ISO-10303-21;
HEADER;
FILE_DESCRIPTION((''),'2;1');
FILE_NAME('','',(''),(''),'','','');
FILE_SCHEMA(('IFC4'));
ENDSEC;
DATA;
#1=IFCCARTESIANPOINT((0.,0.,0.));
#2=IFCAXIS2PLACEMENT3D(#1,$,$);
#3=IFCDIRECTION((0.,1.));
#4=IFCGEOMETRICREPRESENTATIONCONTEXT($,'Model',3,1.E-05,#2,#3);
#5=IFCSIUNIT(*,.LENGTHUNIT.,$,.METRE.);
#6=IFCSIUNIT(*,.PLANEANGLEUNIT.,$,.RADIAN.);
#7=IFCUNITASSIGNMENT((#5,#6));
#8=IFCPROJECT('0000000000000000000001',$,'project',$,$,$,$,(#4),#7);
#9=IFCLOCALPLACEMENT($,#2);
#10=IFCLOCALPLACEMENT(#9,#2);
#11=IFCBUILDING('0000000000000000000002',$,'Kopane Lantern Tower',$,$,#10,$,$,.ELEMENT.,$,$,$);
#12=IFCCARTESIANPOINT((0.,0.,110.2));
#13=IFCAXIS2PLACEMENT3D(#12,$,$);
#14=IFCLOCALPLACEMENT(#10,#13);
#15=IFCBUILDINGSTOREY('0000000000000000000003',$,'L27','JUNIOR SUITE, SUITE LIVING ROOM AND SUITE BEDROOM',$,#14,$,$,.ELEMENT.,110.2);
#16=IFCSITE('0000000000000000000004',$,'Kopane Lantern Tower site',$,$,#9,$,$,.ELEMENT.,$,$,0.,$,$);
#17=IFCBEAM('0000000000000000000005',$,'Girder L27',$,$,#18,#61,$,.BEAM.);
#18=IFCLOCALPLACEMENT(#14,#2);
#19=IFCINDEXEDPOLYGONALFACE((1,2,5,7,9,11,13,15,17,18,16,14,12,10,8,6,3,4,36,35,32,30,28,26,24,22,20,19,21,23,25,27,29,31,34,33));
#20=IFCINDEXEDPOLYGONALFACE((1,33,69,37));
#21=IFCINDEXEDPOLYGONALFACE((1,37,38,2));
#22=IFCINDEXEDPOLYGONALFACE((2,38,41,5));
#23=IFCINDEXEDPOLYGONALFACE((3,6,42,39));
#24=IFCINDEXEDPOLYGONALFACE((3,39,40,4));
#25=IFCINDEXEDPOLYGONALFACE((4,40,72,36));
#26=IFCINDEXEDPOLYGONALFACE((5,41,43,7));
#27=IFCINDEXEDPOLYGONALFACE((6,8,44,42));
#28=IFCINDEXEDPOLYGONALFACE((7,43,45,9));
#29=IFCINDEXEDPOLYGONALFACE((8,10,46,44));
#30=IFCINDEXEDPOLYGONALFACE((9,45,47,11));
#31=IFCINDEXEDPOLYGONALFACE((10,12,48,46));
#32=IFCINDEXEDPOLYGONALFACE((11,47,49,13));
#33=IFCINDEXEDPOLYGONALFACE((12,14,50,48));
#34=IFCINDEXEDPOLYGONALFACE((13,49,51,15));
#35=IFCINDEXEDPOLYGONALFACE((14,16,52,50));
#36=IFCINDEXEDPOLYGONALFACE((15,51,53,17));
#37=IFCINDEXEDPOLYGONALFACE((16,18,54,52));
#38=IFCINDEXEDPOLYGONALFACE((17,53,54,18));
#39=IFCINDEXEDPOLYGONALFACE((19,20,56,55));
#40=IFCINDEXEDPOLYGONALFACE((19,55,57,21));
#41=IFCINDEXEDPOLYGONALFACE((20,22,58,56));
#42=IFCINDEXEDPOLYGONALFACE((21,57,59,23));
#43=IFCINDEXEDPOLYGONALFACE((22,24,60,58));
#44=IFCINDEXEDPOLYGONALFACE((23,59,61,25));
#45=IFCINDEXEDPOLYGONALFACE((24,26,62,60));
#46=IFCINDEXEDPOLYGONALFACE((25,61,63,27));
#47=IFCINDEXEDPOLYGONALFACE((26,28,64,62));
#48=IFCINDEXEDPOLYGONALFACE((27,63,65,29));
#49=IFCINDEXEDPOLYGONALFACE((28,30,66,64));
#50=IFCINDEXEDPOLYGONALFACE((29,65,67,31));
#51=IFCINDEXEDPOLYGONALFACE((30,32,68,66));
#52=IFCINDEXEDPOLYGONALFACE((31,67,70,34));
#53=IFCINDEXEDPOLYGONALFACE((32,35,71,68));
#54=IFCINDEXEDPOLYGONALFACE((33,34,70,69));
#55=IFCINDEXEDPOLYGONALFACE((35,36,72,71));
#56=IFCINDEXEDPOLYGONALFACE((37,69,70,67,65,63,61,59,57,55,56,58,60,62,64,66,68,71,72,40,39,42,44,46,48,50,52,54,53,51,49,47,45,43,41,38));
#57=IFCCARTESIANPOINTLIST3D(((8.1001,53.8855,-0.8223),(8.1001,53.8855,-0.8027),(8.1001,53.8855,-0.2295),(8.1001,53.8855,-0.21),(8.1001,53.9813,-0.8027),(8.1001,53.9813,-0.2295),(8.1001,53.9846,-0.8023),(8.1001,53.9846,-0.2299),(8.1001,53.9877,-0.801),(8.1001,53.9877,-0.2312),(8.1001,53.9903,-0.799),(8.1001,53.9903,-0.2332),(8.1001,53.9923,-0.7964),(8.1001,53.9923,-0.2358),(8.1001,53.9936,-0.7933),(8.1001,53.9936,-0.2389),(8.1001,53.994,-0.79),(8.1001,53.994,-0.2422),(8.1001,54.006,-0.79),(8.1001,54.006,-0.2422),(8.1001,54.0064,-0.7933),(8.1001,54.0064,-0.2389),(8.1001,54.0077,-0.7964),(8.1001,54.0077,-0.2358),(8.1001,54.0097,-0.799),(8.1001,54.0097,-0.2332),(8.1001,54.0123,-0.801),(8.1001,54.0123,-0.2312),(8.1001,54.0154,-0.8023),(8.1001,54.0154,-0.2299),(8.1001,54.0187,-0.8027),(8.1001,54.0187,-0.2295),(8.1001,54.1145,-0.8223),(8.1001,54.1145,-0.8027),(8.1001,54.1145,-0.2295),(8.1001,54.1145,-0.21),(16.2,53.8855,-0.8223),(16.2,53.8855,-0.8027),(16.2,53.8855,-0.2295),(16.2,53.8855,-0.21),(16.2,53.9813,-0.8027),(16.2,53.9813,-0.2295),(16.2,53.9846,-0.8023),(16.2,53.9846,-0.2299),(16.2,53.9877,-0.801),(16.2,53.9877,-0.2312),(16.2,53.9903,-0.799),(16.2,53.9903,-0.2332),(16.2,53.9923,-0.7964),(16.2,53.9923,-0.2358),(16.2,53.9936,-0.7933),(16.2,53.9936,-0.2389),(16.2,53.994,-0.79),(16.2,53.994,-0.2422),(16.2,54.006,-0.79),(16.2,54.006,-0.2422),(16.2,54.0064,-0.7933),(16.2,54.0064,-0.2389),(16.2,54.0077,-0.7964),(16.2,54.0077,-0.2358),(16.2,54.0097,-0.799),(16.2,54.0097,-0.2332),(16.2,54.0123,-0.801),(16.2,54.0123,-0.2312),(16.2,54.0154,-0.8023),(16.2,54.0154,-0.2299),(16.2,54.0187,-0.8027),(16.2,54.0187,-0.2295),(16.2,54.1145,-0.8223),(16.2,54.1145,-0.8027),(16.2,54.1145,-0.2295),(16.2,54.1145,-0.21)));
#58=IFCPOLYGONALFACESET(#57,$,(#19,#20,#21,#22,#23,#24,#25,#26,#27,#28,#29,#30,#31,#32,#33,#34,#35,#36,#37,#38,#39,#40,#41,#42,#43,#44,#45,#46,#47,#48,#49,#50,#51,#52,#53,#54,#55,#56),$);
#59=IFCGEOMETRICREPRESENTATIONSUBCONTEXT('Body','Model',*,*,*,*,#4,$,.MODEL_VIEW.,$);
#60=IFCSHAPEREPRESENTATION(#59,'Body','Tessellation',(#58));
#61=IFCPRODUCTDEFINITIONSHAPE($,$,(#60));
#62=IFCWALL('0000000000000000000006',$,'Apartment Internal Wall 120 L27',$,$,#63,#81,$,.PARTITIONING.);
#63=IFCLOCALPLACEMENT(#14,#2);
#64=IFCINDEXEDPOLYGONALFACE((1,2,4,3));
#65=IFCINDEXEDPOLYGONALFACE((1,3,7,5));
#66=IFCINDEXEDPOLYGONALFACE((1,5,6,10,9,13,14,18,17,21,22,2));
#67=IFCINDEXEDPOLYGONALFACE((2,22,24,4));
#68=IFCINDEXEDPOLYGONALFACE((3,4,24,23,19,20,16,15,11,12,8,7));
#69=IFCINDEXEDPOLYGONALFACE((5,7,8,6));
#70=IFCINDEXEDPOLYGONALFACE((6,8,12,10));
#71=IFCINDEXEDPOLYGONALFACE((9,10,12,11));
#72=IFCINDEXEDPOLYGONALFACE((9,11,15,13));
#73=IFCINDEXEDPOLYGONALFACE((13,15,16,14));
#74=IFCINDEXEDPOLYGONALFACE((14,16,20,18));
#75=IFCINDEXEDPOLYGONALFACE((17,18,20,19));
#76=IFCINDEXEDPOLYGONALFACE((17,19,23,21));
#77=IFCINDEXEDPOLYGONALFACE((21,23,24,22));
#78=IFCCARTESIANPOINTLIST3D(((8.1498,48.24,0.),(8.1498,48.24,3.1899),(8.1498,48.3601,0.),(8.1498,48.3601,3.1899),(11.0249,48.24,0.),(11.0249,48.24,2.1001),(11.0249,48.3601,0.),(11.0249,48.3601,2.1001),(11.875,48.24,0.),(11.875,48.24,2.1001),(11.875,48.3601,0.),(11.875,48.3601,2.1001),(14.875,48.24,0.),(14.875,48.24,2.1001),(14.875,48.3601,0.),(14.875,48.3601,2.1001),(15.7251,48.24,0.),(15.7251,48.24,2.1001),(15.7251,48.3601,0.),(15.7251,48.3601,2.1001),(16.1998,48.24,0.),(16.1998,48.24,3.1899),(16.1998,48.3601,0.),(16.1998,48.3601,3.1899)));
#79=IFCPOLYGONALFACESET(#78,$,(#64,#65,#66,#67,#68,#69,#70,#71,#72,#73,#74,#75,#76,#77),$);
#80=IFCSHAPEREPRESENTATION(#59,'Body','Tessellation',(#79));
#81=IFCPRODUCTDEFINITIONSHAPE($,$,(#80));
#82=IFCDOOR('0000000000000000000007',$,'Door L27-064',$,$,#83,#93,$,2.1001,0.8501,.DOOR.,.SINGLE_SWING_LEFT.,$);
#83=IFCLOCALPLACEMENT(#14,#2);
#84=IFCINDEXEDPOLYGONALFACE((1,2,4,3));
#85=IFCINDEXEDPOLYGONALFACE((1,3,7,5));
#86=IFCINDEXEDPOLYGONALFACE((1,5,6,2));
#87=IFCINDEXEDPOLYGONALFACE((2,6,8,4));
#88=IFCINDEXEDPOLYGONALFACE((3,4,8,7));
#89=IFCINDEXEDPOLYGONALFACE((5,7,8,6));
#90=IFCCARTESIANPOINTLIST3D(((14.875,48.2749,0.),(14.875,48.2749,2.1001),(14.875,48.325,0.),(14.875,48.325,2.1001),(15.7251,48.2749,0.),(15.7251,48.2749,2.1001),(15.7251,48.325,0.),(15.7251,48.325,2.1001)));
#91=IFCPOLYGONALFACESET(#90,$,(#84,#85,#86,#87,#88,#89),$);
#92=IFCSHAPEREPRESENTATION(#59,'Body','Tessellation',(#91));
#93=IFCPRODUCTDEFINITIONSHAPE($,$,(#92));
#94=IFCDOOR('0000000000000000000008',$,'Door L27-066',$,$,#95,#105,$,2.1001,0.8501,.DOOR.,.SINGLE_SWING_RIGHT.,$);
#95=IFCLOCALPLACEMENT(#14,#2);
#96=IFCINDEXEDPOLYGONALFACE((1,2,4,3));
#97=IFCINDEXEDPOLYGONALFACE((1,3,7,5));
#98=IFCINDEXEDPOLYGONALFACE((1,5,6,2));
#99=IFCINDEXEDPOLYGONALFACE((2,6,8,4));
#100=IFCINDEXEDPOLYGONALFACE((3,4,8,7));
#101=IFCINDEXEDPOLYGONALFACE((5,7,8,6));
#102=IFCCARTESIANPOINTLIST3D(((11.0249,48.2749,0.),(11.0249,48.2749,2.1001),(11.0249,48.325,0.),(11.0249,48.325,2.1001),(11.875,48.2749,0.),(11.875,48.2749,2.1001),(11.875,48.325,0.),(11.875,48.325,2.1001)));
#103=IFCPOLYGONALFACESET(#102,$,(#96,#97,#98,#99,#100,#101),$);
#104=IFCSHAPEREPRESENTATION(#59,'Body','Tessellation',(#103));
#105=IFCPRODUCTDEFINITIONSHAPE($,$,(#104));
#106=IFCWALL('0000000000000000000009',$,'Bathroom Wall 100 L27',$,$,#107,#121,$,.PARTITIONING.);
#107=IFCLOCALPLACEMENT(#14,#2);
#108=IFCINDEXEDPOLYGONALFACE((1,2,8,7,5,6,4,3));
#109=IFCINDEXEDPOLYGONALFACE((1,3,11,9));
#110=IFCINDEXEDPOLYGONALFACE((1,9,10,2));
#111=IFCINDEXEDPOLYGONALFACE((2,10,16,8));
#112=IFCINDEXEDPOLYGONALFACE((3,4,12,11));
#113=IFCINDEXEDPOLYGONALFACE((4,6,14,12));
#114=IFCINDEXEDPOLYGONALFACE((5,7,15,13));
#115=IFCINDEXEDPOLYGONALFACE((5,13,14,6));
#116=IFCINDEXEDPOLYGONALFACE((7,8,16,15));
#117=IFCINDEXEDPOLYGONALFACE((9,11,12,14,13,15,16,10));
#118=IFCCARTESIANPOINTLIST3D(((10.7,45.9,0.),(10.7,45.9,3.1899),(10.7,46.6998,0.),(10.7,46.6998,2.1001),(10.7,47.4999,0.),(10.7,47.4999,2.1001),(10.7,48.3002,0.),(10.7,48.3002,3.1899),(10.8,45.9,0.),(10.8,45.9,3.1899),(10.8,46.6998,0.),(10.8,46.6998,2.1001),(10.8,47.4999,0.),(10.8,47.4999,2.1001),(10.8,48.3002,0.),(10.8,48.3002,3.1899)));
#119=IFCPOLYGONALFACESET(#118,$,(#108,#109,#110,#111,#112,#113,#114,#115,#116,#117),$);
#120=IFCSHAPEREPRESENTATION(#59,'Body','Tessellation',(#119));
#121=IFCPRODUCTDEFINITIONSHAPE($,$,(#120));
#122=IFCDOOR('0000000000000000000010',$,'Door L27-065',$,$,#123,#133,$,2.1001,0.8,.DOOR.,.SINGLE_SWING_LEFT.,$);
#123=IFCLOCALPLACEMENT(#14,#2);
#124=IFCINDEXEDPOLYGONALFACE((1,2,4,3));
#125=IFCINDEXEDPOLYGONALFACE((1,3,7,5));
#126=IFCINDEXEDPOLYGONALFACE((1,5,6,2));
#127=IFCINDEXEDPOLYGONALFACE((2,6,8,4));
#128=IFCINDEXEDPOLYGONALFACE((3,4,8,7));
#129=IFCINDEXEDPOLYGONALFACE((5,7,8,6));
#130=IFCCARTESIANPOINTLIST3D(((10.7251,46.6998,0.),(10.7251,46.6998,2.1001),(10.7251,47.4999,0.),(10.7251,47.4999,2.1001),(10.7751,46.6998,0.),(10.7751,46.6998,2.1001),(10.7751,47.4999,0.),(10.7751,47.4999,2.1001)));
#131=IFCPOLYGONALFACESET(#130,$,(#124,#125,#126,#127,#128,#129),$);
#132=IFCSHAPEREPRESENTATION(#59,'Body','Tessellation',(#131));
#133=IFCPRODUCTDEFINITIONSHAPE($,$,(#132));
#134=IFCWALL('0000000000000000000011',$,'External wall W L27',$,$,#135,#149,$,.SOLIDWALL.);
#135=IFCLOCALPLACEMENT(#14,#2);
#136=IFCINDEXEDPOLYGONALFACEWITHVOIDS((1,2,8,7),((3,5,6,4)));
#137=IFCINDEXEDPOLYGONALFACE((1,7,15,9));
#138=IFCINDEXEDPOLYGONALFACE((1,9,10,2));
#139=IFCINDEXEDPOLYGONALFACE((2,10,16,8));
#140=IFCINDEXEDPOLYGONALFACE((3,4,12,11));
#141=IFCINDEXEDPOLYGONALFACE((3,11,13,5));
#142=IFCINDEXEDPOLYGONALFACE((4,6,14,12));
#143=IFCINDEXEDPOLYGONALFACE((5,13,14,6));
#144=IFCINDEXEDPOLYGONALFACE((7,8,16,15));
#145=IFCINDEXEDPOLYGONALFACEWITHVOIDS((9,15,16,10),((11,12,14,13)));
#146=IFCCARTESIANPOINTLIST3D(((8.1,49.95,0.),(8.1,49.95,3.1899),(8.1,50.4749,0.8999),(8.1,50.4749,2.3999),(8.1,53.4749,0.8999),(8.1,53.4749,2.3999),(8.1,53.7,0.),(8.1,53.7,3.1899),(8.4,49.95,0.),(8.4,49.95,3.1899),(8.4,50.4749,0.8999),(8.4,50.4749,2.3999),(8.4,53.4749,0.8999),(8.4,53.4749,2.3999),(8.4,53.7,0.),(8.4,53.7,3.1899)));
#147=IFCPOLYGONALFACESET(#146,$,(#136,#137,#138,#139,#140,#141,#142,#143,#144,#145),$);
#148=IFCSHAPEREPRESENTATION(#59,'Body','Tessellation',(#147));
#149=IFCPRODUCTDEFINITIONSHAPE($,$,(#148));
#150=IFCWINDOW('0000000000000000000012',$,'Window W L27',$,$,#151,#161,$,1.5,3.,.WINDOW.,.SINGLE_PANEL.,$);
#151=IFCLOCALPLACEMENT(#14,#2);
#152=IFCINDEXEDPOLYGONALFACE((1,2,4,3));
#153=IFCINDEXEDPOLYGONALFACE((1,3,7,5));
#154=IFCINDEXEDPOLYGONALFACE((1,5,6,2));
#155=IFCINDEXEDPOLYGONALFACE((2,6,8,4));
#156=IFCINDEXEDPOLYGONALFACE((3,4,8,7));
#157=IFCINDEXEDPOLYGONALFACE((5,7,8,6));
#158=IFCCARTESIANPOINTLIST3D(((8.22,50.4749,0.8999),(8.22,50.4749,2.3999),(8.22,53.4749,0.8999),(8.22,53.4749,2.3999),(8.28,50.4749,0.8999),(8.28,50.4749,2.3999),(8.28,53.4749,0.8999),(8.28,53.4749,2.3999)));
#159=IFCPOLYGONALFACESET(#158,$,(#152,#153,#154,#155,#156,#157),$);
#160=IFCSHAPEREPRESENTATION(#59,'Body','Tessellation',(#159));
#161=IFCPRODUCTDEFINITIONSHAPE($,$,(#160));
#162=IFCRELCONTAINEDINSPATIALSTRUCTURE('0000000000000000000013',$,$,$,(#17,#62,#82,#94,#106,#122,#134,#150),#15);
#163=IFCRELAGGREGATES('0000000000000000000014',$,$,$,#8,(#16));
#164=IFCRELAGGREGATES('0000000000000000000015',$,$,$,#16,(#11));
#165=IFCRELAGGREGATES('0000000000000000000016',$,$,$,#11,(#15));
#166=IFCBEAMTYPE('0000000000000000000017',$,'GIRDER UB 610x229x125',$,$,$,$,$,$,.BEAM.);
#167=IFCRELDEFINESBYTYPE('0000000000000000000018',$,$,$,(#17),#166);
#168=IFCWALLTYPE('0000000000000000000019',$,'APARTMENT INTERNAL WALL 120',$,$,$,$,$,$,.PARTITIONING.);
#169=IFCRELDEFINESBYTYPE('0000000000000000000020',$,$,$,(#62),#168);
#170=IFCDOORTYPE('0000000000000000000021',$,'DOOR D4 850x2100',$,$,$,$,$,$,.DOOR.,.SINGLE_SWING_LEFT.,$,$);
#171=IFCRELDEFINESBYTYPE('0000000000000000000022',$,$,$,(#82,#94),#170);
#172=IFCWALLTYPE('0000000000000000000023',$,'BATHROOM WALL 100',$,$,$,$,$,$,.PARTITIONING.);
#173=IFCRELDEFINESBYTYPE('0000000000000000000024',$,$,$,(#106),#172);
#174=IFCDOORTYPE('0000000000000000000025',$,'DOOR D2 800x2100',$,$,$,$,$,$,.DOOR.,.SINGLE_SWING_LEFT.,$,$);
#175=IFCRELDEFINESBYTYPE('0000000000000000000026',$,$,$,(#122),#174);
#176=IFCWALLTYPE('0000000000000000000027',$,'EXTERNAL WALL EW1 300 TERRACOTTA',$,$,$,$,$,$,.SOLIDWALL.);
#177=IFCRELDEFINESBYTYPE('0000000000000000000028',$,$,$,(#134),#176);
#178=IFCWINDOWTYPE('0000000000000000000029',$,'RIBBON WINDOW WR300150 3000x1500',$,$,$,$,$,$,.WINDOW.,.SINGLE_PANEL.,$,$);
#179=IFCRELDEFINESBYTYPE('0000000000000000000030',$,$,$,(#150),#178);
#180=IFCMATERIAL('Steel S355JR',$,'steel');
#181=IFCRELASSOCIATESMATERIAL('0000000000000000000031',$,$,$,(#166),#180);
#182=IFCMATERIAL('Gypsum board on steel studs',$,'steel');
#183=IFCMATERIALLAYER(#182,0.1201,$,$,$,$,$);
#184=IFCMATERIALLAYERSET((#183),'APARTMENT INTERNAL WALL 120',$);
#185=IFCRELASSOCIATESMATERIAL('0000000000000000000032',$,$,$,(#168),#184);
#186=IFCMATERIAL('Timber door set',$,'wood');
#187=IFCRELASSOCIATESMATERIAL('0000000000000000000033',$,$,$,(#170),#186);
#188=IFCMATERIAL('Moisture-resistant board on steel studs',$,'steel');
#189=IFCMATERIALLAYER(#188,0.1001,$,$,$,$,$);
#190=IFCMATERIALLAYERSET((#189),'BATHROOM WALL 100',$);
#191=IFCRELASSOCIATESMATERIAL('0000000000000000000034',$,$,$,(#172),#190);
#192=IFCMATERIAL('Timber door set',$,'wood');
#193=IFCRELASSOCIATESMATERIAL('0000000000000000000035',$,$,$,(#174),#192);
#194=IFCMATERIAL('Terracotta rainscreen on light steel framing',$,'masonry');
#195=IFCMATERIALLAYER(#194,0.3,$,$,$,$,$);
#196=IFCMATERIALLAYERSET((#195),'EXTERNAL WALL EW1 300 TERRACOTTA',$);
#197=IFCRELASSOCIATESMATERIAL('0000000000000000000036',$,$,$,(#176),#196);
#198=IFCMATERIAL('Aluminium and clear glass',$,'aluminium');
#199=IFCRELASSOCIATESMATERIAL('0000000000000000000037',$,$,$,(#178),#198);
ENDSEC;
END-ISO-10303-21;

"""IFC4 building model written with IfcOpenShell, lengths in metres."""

from ifc_helpers import new_model, si_unit, direction, frame, frame_2d, origin, origin_2d, place, context, subcontext, project, spatial, rectangle, i_section, extrude, material, layer, layer_set, material_profile, profile_set, type_object, element, fill, save


model = new_model("IFC4")

# Units and contexts
model_context = context("Model", 3, precision=1e-05, world=origin(), true_north=direction((0.0, 1.0)))
body_context = subcontext(model_context, "Body", "Model", "MODEL_VIEW")
ifc_project = project(units=[si_unit("LENGTHUNIT", "METRE"), si_unit("PLANEANGLEUNIT", "RADIAN")], contexts=[model_context])

# Site, building, storey
site_placement = place(None, origin())
site = spatial("IfcSite", under=ifc_project, at=site_placement, Name="Kopane Lantern Tower site", CompositionType="ELEMENT", RefElevation=0.0)
building_placement = place(site_placement, origin())
building = spatial("IfcBuilding", under=site, at=building_placement, Name="Kopane Lantern Tower", CompositionType="ELEMENT")
storey_placement = place(building_placement, frame((0.0, 0.0, 110.2)))
storey = spatial("IfcBuildingStorey", under=building, at=storey_placement, Name="L27", Description="JUNIOR SUITE, SUITE LIVING ROOM AND SUITE BEDROOM", CompositionType="ELEMENT", Elevation=110.2)

# Beam
ifc_material_1 = material(Name="Steel S355JR", Category="steel")
ifc_material_profile_1 = material_profile(ifc_material_1, i_section(OverallWidth=0.229, OverallDepth=0.6123, WebThickness=0.012, FlangeThickness=0.0195, FilletRadius=0.0127, at=origin_2d()), Name="UB 610x229x125")
ifc_profile_set_1 = profile_set([ifc_material_profile_1], Name="Steel S355JR")
beam_type_1 = type_object("IfcBeamType", Name="GIRDER UB 610x229x125", PredefinedType="BEAM", material=ifc_profile_set_1)
beam_1_placement = place(storey_placement, frame((8.1001, 54.0, -0.5161), z_axis=(1.0, 0.0, 0.0), x_axis=(0.0, 1.0, 0.0)))
element("IfcBeam", 1, at=beam_1_placement, inside=storey, type_object=beam_type_1, Name="Girder L27", PredefinedType="BEAM", context=body_context, shape_type="SweptSolid", body=[
    extrude(i_section(OverallWidth=0.229, OverallDepth=0.6123, WebThickness=0.012, FlangeThickness=0.0195, FilletRadius=0.0127, at=origin_2d()), origin(), (0.0, 0.0, 1.0), 8.0999),
])

# Wall, openings, doors
ifc_material_2 = material(Name="Gypsum board on steel studs", Category="steel")
ifc_layer_1 = layer(ifc_material_2, 0.1201)
ifc_layer_set_1 = layer_set([ifc_layer_1], Name="APARTMENT INTERNAL WALL 120")
wall_type_1 = type_object("IfcWallType", Name="APARTMENT INTERNAL WALL 120", PredefinedType="PARTITIONING", material=ifc_layer_set_1)
wall_1_placement = place(storey_placement, frame((8.1499, 48.3, 0.0), z_axis=(0.0, 0.0, 1.0), x_axis=(1.0, 0.0, 0.0)))
wall_1 = element("IfcWall", 2, at=wall_1_placement, inside=storey, type_object=wall_type_1, Name="Apartment Internal Wall 120 L27", PredefinedType="PARTITIONING", context=body_context, shape_type="SweptSolid", body=[
    extrude(rectangle(XDim=8.05, YDim=0.1201, at=frame_2d((4.0249, 0.0))), origin(), (0.0, 0.0, 1.0), 3.1899),
])
opening_1_placement = place(wall_1_placement, frame((6.7251, 0.0, 0.0)))
opening_1 = element("IfcOpeningElement", 3, at=opening_1_placement, cuts=wall_1, PredefinedType="OPENING", context=body_context, shape_type="SweptSolid", body=[
    extrude(rectangle(XDim=0.8501, YDim=2.1001, at=frame_2d((0.425, 1.05))), frame((0.0, 0.0701, 0.0), z_axis=(0.0, -1.0, 0.0), x_axis=(1.0, 0.0, 0.0)), (0.0, 0.0, 1.0), 0.1401),
])
opening_2_placement = place(wall_1_placement, frame((2.875, 0.0, 0.0)))
opening_2 = element("IfcOpeningElement", 4, at=opening_2_placement, cuts=wall_1, PredefinedType="OPENING", context=body_context, shape_type="SweptSolid", body=[
    extrude(rectangle(XDim=0.8501, YDim=2.1001, at=frame_2d((0.425, 1.05))), frame((0.0, 0.0701, 0.0), z_axis=(0.0, -1.0, 0.0), x_axis=(1.0, 0.0, 0.0)), (0.0, 0.0, 1.0), 0.1401),
])
ifc_material_3 = material(Name="Timber door set", Category="wood")
door_type_1 = type_object("IfcDoorType", Name="DOOR D4 850x2100", OperationType="SINGLE_SWING_LEFT", PredefinedType="DOOR", material=ifc_material_3)
door_1_placement = place(opening_1_placement, origin())
door_1 = element("IfcDoor", 5, at=door_1_placement, inside=storey, type_object=door_type_1, Name="Door L27-064", OperationType="SINGLE_SWING_LEFT", OverallHeight=2.1001, OverallWidth=0.8501, PredefinedType="DOOR", context=body_context, shape_type="SweptSolid", body=[
    extrude(rectangle(XDim=0.8501, YDim=2.1001, at=frame_2d((0.425, 1.05))), frame((0.0, 0.0249, 0.0), z_axis=(0.0, -1.0, 0.0), x_axis=(1.0, 0.0, 0.0)), (0.0, 0.0, 1.0), 0.05),
])
fill(opening_1, door_1)
door_2_placement = place(opening_2_placement, origin())
door_2 = element("IfcDoor", 6, at=door_2_placement, inside=storey, type_object=door_type_1, Name="Door L27-066", OperationType="SINGLE_SWING_RIGHT", OverallHeight=2.1001, OverallWidth=0.8501, PredefinedType="DOOR", context=body_context, shape_type="SweptSolid", body=[
    extrude(rectangle(XDim=0.8501, YDim=2.1001, at=frame_2d((0.425, 1.05))), frame((0.0, 0.0249, 0.0), z_axis=(0.0, -1.0, 0.0), x_axis=(1.0, 0.0, 0.0)), (0.0, 0.0, 1.0), 0.05),
])
fill(opening_2, door_2)

# Wall, opening, door
ifc_material_4 = material(Name="Moisture-resistant board on steel studs", Category="steel")
ifc_layer_2 = layer(ifc_material_4, 0.1001)
ifc_layer_set_2 = layer_set([ifc_layer_2], Name="BATHROOM WALL 100")
wall_type_2 = type_object("IfcWallType", Name="BATHROOM WALL 100", PredefinedType="PARTITIONING", material=ifc_layer_set_2)
wall_2_placement = place(storey_placement, frame((10.75, 45.8999, 0.0), z_axis=(0.0, 0.0, 1.0), x_axis=(0.0, 1.0, 0.0)))
wall_2 = element("IfcWall", 7, at=wall_2_placement, inside=storey, type_object=wall_type_2, Name="Bathroom Wall 100 L27", PredefinedType="PARTITIONING", context=body_context, shape_type="SweptSolid", body=[
    extrude(rectangle(XDim=2.4001, YDim=0.1001, at=frame_2d((1.2002, 0.0))), origin(), (0.0, 0.0, 1.0), 3.1899),
])
opening_3_placement = place(wall_2_placement, frame((0.8, 0.0, 0.0)))
opening_3 = element("IfcOpeningElement", 8, at=opening_3_placement, cuts=wall_2, PredefinedType="OPENING", context=body_context, shape_type="SweptSolid", body=[
    extrude(rectangle(XDim=0.8, YDim=2.1001, at=frame_2d((0.3999, 1.05))), frame((0.0, 0.0601, 0.0), z_axis=(0.0, -1.0, 0.0), x_axis=(1.0, 0.0, 0.0)), (0.0, 0.0, 1.0), 0.1201),
])
ifc_material_5 = material(Name="Timber door set", Category="wood")
door_type_2 = type_object("IfcDoorType", Name="DOOR D2 800x2100", OperationType="SINGLE_SWING_LEFT", PredefinedType="DOOR", material=ifc_material_5)
door_3_placement = place(opening_3_placement, origin())
door_3 = element("IfcDoor", 9, at=door_3_placement, inside=storey, type_object=door_type_2, Name="Door L27-065", OperationType="SINGLE_SWING_LEFT", OverallHeight=2.1001, OverallWidth=0.8, PredefinedType="DOOR", context=body_context, shape_type="SweptSolid", body=[
    extrude(rectangle(XDim=0.8, YDim=2.1001, at=frame_2d((0.3999, 1.05))), frame((0.0, 0.0249, 0.0), z_axis=(0.0, -1.0, 0.0), x_axis=(1.0, 0.0, 0.0)), (0.0, 0.0, 1.0), 0.05),
])
fill(opening_3, door_3)

# Wall, opening, window
ifc_material_6 = material(Name="Terracotta rainscreen on light steel framing", Category="masonry")
ifc_layer_3 = layer(ifc_material_6, 0.3)
ifc_layer_set_3 = layer_set([ifc_layer_3], Name="EXTERNAL WALL EW1 300 TERRACOTTA")
wall_type_3 = type_object("IfcWallType", Name="EXTERNAL WALL EW1 300 TERRACOTTA", PredefinedType="SOLIDWALL", material=ifc_layer_set_3)
wall_3_placement = place(storey_placement, frame((8.25, 53.7, 0.0), z_axis=(0.0, 0.0, 1.0), x_axis=(0.0, -1.0, 0.0)))
wall_3 = element("IfcWall", 10, at=wall_3_placement, inside=storey, type_object=wall_type_3, Name="External wall W L27", PredefinedType="SOLIDWALL", context=body_context, shape_type="SweptSolid", body=[
    extrude(rectangle(XDim=3.75, YDim=0.3, at=frame_2d((1.875, 0.0))), origin(), (0.0, 0.0, 1.0), 3.1899),
])
opening_4_placement = place(wall_3_placement, frame((0.2251, 0.0, 0.8999)))
opening_4 = element("IfcOpeningElement", 11, at=opening_4_placement, cuts=wall_3, PredefinedType="OPENING", context=body_context, shape_type="SweptSolid", body=[
    extrude(rectangle(XDim=3.0, YDim=1.5, at=frame_2d((1.5, 0.75))), frame((0.0, 0.1599, 0.0), z_axis=(0.0, -1.0, 0.0), x_axis=(1.0, 0.0, 0.0)), (0.0, 0.0, 1.0), 0.3201),
])
ifc_material_7 = material(Name="Aluminium and clear glass", Category="aluminium")
window_type = type_object("IfcWindowType", Name="RIBBON WINDOW WR300150 3000x1500", PartitioningType="SINGLE_PANEL", PredefinedType="WINDOW", material=ifc_material_7)
window_1_placement = place(opening_4_placement, origin())
window_1 = element("IfcWindow", 12, at=window_1_placement, inside=storey, type_object=window_type, Name="Window W L27", OverallHeight=1.5, OverallWidth=3.0, PartitioningType="SINGLE_PANEL", PredefinedType="WINDOW", context=body_context, shape_type="SweptSolid", body=[
    extrude(rectangle(XDim=3.0, YDim=1.5, at=frame_2d((1.5, 0.75))), frame((0.0, 0.03, 0.0), z_axis=(0.0, -1.0, 0.0), x_axis=(1.0, 0.0, 0.0)), (0.0, 0.0, 1.0), 0.0601),
])
fill(opening_4, window_1)

save(model, "model.ifc")
